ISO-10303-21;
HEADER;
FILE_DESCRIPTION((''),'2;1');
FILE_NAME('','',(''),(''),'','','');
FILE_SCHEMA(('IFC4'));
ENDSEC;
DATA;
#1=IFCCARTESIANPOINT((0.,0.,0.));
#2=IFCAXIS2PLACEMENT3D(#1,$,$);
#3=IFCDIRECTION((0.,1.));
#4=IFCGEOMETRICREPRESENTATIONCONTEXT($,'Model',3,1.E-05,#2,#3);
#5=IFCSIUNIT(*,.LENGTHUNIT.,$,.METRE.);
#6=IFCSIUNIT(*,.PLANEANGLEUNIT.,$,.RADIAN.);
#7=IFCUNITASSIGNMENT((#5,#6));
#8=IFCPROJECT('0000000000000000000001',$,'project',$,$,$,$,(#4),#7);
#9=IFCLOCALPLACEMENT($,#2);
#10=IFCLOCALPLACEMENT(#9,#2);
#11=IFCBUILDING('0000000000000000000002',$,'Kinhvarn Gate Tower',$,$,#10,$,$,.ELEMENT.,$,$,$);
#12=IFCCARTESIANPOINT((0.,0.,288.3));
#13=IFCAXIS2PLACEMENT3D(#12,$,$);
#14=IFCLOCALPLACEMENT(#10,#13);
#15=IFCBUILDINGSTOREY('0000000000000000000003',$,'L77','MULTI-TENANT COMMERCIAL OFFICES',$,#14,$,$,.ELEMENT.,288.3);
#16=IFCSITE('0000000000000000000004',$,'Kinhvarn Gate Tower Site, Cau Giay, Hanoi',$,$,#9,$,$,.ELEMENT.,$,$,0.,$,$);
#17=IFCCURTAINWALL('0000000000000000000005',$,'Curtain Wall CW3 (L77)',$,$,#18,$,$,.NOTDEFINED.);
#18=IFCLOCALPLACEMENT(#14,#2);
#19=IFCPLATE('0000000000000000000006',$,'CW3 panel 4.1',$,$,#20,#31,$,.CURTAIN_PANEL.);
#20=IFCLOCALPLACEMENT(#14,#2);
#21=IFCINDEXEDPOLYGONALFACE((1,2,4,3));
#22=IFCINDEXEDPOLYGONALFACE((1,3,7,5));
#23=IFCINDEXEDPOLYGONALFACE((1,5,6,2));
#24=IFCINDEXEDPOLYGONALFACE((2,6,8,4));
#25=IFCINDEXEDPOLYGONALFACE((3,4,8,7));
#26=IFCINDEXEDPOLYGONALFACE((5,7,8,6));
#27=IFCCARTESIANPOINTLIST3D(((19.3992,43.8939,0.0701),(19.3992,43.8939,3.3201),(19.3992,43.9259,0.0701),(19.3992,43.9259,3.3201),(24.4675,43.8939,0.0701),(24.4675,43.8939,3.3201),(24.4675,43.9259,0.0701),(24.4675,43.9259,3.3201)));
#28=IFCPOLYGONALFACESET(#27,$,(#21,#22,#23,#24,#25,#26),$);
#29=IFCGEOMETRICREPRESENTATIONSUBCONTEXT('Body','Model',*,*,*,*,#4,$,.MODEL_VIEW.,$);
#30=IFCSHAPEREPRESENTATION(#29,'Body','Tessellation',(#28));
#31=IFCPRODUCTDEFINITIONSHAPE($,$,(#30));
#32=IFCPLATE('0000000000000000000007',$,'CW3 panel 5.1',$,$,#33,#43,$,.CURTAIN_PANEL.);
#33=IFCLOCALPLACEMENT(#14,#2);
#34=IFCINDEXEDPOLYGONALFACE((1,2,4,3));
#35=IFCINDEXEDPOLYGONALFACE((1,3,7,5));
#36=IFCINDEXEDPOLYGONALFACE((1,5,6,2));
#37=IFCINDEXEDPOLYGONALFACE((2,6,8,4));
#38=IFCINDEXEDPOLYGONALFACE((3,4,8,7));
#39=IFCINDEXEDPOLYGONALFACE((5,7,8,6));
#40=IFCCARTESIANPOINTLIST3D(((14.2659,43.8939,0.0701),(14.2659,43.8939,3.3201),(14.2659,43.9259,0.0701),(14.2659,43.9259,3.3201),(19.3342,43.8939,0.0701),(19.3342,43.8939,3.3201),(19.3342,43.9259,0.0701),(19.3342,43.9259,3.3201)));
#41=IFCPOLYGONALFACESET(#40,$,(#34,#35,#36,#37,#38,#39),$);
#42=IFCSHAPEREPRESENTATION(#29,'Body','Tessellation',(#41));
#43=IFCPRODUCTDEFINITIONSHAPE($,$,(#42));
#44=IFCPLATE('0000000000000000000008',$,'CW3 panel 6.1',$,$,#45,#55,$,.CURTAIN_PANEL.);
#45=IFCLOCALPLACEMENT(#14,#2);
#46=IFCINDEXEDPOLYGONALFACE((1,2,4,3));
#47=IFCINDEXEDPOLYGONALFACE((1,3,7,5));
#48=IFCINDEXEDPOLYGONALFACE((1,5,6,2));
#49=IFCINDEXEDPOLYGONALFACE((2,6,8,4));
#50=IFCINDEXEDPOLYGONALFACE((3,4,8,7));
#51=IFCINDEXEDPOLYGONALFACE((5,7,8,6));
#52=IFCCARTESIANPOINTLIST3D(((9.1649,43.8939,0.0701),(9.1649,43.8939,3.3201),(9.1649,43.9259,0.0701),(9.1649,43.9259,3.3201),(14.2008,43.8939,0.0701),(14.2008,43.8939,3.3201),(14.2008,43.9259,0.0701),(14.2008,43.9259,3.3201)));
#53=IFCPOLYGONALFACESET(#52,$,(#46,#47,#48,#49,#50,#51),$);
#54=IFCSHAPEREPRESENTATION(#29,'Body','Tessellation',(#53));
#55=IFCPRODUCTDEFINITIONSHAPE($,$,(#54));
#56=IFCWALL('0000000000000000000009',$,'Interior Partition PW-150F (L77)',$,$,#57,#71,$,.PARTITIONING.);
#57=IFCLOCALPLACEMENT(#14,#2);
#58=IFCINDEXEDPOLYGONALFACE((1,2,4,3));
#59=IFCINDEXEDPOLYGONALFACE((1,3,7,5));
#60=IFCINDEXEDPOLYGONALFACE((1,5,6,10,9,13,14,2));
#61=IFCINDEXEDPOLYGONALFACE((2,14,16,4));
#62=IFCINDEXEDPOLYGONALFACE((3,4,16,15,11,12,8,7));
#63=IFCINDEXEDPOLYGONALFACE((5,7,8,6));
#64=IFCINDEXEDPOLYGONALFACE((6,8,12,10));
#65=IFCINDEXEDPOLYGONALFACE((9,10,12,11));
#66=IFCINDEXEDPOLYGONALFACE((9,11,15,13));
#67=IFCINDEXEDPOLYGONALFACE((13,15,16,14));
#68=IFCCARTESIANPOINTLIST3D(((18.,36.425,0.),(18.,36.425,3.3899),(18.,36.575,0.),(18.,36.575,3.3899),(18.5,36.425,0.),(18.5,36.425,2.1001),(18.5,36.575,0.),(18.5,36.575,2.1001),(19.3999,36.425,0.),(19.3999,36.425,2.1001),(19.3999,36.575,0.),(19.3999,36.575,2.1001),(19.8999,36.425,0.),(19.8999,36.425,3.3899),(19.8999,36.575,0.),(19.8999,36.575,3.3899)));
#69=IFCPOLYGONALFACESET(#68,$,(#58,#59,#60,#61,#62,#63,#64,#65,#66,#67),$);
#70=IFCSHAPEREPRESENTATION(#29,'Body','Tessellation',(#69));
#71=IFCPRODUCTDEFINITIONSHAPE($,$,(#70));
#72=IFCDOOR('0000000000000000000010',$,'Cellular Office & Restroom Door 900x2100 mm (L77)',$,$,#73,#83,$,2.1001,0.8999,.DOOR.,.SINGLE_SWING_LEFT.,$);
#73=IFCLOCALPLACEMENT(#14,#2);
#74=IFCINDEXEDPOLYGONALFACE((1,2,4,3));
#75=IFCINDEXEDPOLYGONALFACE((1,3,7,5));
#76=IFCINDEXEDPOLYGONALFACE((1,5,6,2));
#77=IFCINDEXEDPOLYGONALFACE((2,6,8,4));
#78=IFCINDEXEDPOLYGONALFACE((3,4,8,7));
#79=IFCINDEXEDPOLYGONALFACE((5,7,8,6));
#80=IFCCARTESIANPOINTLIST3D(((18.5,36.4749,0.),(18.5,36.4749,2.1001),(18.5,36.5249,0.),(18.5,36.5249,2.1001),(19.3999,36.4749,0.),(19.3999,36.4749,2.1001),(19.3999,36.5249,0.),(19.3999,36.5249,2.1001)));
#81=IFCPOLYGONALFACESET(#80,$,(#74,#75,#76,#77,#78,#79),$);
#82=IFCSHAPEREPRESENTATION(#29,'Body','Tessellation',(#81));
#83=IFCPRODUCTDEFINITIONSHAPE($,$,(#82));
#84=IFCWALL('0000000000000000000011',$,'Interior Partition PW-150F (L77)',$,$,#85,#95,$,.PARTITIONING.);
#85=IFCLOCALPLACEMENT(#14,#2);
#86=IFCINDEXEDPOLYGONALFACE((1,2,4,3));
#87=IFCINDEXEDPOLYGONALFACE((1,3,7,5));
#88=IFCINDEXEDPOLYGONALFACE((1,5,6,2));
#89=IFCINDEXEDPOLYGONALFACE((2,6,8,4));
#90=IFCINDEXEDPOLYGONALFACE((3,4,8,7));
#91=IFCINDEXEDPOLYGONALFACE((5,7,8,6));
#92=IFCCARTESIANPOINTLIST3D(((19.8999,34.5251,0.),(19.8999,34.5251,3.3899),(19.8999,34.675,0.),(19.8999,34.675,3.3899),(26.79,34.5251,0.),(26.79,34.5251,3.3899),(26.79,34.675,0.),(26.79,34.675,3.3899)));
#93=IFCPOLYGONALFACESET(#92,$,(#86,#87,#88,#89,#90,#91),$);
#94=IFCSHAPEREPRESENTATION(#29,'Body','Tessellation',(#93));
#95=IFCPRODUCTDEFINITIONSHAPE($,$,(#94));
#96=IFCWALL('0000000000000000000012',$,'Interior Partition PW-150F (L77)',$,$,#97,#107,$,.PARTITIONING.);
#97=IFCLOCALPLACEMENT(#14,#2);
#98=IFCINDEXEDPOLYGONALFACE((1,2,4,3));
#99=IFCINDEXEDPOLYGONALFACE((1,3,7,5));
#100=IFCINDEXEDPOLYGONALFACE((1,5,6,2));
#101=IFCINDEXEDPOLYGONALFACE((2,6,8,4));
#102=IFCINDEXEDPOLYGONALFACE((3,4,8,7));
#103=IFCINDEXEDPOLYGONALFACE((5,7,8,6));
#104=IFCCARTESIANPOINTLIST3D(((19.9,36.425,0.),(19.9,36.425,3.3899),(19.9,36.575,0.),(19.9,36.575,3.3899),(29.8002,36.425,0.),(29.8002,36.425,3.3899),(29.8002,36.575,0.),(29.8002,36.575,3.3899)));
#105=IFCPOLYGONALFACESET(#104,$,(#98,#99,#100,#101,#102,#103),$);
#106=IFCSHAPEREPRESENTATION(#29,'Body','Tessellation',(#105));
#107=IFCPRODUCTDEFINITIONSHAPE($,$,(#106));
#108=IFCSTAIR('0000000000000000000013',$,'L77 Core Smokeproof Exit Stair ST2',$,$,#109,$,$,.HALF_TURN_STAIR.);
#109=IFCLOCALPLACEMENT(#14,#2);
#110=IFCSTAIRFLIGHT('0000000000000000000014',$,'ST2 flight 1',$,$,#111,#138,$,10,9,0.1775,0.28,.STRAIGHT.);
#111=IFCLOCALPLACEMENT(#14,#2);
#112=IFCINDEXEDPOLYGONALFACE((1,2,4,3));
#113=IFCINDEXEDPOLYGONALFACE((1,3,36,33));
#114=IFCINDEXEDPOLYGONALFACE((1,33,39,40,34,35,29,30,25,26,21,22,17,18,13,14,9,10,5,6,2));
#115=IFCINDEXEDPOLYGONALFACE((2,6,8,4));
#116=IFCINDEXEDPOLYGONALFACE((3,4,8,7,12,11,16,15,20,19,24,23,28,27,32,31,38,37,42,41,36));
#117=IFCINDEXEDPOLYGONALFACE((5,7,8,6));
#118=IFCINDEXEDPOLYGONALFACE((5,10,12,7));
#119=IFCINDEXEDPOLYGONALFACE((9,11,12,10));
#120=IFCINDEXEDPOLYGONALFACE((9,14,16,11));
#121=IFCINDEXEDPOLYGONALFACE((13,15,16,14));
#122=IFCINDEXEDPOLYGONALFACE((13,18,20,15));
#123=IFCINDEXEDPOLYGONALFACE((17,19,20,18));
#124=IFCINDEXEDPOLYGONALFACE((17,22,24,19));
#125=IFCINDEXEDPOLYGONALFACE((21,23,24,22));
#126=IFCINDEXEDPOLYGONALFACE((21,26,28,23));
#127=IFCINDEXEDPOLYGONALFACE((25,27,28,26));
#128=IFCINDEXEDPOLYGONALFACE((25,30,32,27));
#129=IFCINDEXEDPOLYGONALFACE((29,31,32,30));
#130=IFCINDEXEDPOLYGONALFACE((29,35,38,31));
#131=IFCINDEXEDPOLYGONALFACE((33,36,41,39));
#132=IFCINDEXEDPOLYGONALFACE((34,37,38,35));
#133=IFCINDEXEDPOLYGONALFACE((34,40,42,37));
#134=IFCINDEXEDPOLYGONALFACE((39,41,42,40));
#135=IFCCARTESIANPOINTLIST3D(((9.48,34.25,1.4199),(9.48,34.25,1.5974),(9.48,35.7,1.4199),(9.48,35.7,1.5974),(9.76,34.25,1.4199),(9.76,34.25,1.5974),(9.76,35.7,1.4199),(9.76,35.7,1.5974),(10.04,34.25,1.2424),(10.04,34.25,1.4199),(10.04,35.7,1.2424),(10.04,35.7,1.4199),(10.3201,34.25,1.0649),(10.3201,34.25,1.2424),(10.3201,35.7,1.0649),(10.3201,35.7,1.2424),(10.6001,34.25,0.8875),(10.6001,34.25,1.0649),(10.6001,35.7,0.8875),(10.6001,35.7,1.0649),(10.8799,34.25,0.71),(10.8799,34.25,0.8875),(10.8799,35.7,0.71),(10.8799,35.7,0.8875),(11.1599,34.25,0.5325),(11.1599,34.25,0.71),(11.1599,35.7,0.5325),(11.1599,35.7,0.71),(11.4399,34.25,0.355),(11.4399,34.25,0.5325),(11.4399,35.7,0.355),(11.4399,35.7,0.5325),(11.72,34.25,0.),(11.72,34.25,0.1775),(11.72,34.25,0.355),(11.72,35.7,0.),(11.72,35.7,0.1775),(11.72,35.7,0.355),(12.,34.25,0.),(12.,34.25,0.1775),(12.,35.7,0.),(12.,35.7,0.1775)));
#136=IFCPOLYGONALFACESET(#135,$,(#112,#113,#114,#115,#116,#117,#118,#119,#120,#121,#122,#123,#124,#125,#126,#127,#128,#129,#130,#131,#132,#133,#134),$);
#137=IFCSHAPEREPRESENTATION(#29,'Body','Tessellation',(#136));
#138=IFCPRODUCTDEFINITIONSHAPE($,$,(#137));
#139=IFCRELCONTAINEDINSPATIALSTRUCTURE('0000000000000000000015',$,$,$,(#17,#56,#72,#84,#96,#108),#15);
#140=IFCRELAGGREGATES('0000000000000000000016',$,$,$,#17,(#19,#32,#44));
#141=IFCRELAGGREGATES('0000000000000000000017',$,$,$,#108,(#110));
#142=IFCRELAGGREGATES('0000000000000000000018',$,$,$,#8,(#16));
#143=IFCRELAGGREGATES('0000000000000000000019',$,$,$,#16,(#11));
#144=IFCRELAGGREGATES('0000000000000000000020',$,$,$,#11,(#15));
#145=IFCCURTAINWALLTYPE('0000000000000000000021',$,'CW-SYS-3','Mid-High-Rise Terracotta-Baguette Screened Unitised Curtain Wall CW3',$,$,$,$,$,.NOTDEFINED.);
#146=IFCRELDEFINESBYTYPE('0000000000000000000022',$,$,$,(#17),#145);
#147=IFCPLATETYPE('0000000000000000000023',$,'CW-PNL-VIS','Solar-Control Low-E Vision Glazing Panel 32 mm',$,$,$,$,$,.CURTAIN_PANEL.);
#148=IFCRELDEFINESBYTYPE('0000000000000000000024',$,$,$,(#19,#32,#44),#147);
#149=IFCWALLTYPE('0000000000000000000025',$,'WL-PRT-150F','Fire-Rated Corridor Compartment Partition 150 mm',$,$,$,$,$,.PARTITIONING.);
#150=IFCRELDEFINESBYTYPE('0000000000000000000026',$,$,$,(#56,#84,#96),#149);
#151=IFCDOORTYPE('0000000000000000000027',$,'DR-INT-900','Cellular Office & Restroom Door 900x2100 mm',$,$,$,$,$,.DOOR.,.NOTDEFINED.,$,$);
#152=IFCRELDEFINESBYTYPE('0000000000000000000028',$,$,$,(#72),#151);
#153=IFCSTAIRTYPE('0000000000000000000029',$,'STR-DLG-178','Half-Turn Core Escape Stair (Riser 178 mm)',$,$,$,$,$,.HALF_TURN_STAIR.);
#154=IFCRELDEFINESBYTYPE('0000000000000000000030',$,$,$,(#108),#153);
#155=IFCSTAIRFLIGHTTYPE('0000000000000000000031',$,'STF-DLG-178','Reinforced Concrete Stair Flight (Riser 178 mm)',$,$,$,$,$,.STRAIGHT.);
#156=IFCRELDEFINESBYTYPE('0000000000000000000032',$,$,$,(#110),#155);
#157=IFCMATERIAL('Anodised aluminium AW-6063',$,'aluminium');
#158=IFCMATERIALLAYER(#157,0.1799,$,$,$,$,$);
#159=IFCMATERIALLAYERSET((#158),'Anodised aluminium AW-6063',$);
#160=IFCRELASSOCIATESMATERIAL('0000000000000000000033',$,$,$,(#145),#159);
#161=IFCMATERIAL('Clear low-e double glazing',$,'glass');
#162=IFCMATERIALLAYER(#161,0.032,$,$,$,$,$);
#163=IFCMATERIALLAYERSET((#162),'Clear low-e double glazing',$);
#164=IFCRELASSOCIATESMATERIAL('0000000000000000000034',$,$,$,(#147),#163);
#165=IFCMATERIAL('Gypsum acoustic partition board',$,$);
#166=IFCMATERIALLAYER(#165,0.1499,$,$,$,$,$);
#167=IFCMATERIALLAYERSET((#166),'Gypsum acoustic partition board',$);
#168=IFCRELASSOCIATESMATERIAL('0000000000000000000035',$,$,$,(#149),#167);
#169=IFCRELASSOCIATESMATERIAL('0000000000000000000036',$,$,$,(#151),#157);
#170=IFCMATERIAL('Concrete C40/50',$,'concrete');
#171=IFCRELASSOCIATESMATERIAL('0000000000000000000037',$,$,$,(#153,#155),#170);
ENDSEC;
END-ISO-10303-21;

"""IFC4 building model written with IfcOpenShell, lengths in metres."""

from ifc_helpers import new_model, si_unit, direction, frame, frame_2d, origin, origin_2d, place, context, subcontext, project, spatial, polyline, rectangle, outline, extrude, material, layer, layer_set, type_object, element, fill, aggregate, save


model = new_model("IFC4")

# Units and contexts
model_context = context("Model", 3, precision=1e-05, world=origin(), true_north=direction((0.0, 1.0)))
body_context = subcontext(model_context, "Body", "Model", "MODEL_VIEW")
ifc_project = project(units=[si_unit("LENGTHUNIT", "METRE"), si_unit("PLANEANGLEUNIT", "RADIAN")], contexts=[model_context])

# Site, building, storey
site_placement = place(None, origin())
site = spatial("IfcSite", under=ifc_project, at=site_placement, Name="Kinhvarn Gate Tower Site, Cau Giay, Hanoi", CompositionType="ELEMENT", RefElevation=0.0)
building_placement = place(site_placement, origin())
building = spatial("IfcBuilding", under=site, at=building_placement, Name="Kinhvarn Gate Tower", CompositionType="ELEMENT")
storey_placement = place(building_placement, frame((0.0, 0.0, 288.3)))
storey = spatial("IfcBuildingStorey", under=building, at=storey_placement, Name="L77", Description="MULTI-TENANT COMMERCIAL OFFICES", CompositionType="ELEMENT", Elevation=288.3)

# Curtain wall
ifc_material_1 = material(Name="Anodised aluminium AW-6063", Category="aluminium")
ifc_layer_1 = layer(ifc_material_1, 0.1799)
ifc_layer_set_1 = layer_set([ifc_layer_1], Name="Anodised aluminium AW-6063")
curtain_wall_type = type_object("IfcCurtainWallType", Name="CW-SYS-3", Description="Mid-High-Rise Terracotta-Baguette Screened Unitised Curtain Wall CW3", PredefinedType="NOTDEFINED", material=ifc_layer_set_1)
curtain_wall_placement = place(storey_placement, origin())
curtain_wall = element("IfcCurtainWall", 1, at=curtain_wall_placement, inside=storey, type_object=curtain_wall_type, Name="Curtain Wall CW3 (L77)", PredefinedType="NOTDEFINED")

# Plates
ifc_material_2 = material(Name="Clear low-e double glazing", Category="glass")
ifc_layer_2 = layer(ifc_material_2, 0.032)
ifc_layer_set_2 = layer_set([ifc_layer_2], Name="Clear low-e double glazing")
plate_type = type_object("IfcPlateType", Name="CW-PNL-VIS", Description="Solar-Control Low-E Vision Glazing Panel 32 mm", PredefinedType="CURTAIN_PANEL", material=ifc_layer_set_2)
plate_1_placement = place(storey_placement, frame((21.9333, 43.9099, 0.0701), z_axis=(0.0, 0.0, 1.0), x_axis=(-1.0, 0.0, 0.0)))
plate_1 = element("IfcPlate", 2, at=plate_1_placement, type_object=plate_type, Name="CW3 panel 4.1", PredefinedType="CURTAIN_PANEL", context=body_context, shape_type="SweptSolid", body=[
    extrude(rectangle(XDim=5.0684, YDim=0.032, at=origin_2d()), origin(), (0.0, 0.0, 1.0), 3.25),
])
plate_2_placement = place(storey_placement, frame((16.8, 43.9099, 0.0701), z_axis=(0.0, 0.0, 1.0), x_axis=(-1.0, 0.0, 0.0)))
plate_2 = element("IfcPlate", 3, at=plate_2_placement, type_object=plate_type, Name="CW3 panel 5.1", PredefinedType="CURTAIN_PANEL", context=body_context, shape_type="SweptSolid", body=[
    extrude(rectangle(XDim=5.0684, YDim=0.032, at=origin_2d()), origin(), (0.0, 0.0, 1.0), 3.25),
])
plate_3_placement = place(storey_placement, frame((11.6829, 43.9099, 0.0701), z_axis=(0.0, 0.0, 1.0), x_axis=(-1.0, 0.0, 0.0)))
plate_3 = element("IfcPlate", 4, at=plate_3_placement, type_object=plate_type, Name="CW3 panel 6.1", PredefinedType="CURTAIN_PANEL", context=body_context, shape_type="SweptSolid", body=[
    extrude(rectangle(XDim=5.0359, YDim=0.032, at=origin_2d()), origin(), (0.0, 0.0, 1.0), 3.25),
])
aggregate(curtain_wall, [plate_1, plate_2, plate_3])

# Wall, opening, door
ifc_material_3 = material(Name="Gypsum acoustic partition board")
ifc_layer_3 = layer(ifc_material_3, 0.1499)
ifc_layer_set_3 = layer_set([ifc_layer_3], Name="Gypsum acoustic partition board")
wall_type = type_object("IfcWallType", Name="WL-PRT-150F", Description="Fire-Rated Corridor Compartment Partition 150 mm", PredefinedType="PARTITIONING", material=ifc_layer_set_3)
wall_1_placement = place(storey_placement, frame((18.0, 36.5, 0.0), z_axis=(0.0, 0.0, 1.0), x_axis=(1.0, 0.0, 0.0)))
wall_1 = element("IfcWall", 5, at=wall_1_placement, inside=storey, type_object=wall_type, Name="Interior Partition PW-150F (L77)", PredefinedType="PARTITIONING", context=body_context, shape_type="SweptSolid", body=[
    extrude(rectangle(XDim=1.8999, YDim=0.1499, at=frame_2d((0.95, 0.0))), origin(), (0.0, 0.0, 1.0), 3.3899),
])
opening_placement = place(wall_1_placement, frame((0.5, 0.0, 0.0)))
opening = element("IfcOpeningElement", 6, at=opening_placement, cuts=wall_1, PredefinedType="OPENING", context=body_context, shape_type="SweptSolid", body=[
    extrude(rectangle(XDim=0.8999, YDim=2.1001, at=frame_2d((0.45, 1.05))), frame((0.0, 0.085, 0.0), z_axis=(0.0, -1.0, 0.0), x_axis=(1.0, 0.0, 0.0)), (0.0, 0.0, 1.0), 0.1699),
])
door_type = type_object("IfcDoorType", Name="DR-INT-900", Description="Cellular Office & Restroom Door 900x2100 mm", OperationType="NOTDEFINED", PredefinedType="DOOR", material=ifc_material_1)
door_placement = place(opening_placement, origin())
door = element("IfcDoor", 7, at=door_placement, inside=storey, type_object=door_type, Name="Cellular Office & Restroom Door 900x2100 mm (L77)", OperationType="SINGLE_SWING_LEFT", OverallHeight=2.1001, OverallWidth=0.8999, PredefinedType="DOOR", context=body_context, shape_type="SweptSolid", body=[
    extrude(rectangle(XDim=0.8999, YDim=2.1001, at=frame_2d((0.45, 1.05))), frame((0.0, 0.0249, 0.0), z_axis=(0.0, -1.0, 0.0), x_axis=(1.0, 0.0, 0.0)), (0.0, 0.0, 1.0), 0.05),
])
fill(opening, door)

# Walls
wall_2_placement = place(storey_placement, frame((19.8999, 34.6001, 0.0), z_axis=(0.0, 0.0, 1.0), x_axis=(1.0, 0.0, 0.0)))
element("IfcWall", 8, at=wall_2_placement, inside=storey, type_object=wall_type, Name="Interior Partition PW-150F (L77)", PredefinedType="PARTITIONING", context=body_context, shape_type="SweptSolid", body=[
    extrude(rectangle(XDim=6.8901, YDim=0.1499, at=frame_2d((3.4451, 0.0))), origin(), (0.0, 0.0, 1.0), 3.3899),
])
wall_3_placement = place(storey_placement, frame((19.8999, 36.5, 0.0), z_axis=(0.0, 0.0, 1.0), x_axis=(1.0, 0.0, 0.0)))
element("IfcWall", 9, at=wall_3_placement, inside=storey, type_object=wall_type, Name="Interior Partition PW-150F (L77)", PredefinedType="PARTITIONING", context=body_context, shape_type="SweptSolid", body=[
    extrude(rectangle(XDim=9.9001, YDim=0.1499, at=frame_2d((4.9502, 0.0))), origin(), (0.0, 0.0, 1.0), 3.3899),
])

# Stair, stair flight
ifc_material_4 = material(Name="Concrete C40/50", Category="concrete")
stair_type = type_object("IfcStairType", Name="STR-DLG-178", Description="Half-Turn Core Escape Stair (Riser 178 mm)", PredefinedType="HALF_TURN_STAIR", material=ifc_material_4)
stair_placement = place(storey_placement, origin())
stair = element("IfcStair", 10, at=stair_placement, inside=storey, type_object=stair_type, Name="L77 Core Smokeproof Exit Stair ST2", PredefinedType="HALF_TURN_STAIR")
stair_flight_type = type_object("IfcStairFlightType", Name="STF-DLG-178", Description="Reinforced Concrete Stair Flight (Riser 178 mm)", PredefinedType="STRAIGHT", material=ifc_material_4)
stair_flight_placement = place(storey_placement, frame((12.0, 34.9751, 0.0), z_axis=(0.0, 0.0, 1.0), x_axis=(-1.0, 0.0, 0.0)))
stair_flight = element("IfcStairFlight", 11, at=stair_flight_placement, type_object=stair_flight_type, Name="ST2 flight 1", NumberOfRisers=10, NumberOfTreads=9, PredefinedType="STRAIGHT", RiserHeight=0.1775, TreadLength=0.28, context=body_context, shape_type="SweptSolid", body=[
    extrude(outline(polyline([(0.0, 0.0), (0.0, 0.1775), (0.28, 0.1775), (0.28, 0.355), (0.5601, 0.355), (0.5601, 0.5325), (0.8401, 0.5325), (0.8401, 0.71), (1.1201, 0.71), (1.1201, 0.8875), (1.3999, 0.8875), (1.3999, 1.0649), (1.6799, 1.0649), (1.6799, 1.2424), (1.96, 1.2424), (1.96, 1.4199), (2.24, 1.4199), (2.24, 1.5974), (2.52, 1.5974), (2.52, 1.7749), (2.52, 1.4199), (0.28, 0.0), (0.0, 0.0)])), frame((0.0, 0.7251, 0.0), z_axis=(0.0, -1.0, 0.0), x_axis=(1.0, 0.0, 0.0)), (0.0, 0.0, 1.0), 1.45),
])
aggregate(stair, [stair_flight])

save(model, "model.ifc")
